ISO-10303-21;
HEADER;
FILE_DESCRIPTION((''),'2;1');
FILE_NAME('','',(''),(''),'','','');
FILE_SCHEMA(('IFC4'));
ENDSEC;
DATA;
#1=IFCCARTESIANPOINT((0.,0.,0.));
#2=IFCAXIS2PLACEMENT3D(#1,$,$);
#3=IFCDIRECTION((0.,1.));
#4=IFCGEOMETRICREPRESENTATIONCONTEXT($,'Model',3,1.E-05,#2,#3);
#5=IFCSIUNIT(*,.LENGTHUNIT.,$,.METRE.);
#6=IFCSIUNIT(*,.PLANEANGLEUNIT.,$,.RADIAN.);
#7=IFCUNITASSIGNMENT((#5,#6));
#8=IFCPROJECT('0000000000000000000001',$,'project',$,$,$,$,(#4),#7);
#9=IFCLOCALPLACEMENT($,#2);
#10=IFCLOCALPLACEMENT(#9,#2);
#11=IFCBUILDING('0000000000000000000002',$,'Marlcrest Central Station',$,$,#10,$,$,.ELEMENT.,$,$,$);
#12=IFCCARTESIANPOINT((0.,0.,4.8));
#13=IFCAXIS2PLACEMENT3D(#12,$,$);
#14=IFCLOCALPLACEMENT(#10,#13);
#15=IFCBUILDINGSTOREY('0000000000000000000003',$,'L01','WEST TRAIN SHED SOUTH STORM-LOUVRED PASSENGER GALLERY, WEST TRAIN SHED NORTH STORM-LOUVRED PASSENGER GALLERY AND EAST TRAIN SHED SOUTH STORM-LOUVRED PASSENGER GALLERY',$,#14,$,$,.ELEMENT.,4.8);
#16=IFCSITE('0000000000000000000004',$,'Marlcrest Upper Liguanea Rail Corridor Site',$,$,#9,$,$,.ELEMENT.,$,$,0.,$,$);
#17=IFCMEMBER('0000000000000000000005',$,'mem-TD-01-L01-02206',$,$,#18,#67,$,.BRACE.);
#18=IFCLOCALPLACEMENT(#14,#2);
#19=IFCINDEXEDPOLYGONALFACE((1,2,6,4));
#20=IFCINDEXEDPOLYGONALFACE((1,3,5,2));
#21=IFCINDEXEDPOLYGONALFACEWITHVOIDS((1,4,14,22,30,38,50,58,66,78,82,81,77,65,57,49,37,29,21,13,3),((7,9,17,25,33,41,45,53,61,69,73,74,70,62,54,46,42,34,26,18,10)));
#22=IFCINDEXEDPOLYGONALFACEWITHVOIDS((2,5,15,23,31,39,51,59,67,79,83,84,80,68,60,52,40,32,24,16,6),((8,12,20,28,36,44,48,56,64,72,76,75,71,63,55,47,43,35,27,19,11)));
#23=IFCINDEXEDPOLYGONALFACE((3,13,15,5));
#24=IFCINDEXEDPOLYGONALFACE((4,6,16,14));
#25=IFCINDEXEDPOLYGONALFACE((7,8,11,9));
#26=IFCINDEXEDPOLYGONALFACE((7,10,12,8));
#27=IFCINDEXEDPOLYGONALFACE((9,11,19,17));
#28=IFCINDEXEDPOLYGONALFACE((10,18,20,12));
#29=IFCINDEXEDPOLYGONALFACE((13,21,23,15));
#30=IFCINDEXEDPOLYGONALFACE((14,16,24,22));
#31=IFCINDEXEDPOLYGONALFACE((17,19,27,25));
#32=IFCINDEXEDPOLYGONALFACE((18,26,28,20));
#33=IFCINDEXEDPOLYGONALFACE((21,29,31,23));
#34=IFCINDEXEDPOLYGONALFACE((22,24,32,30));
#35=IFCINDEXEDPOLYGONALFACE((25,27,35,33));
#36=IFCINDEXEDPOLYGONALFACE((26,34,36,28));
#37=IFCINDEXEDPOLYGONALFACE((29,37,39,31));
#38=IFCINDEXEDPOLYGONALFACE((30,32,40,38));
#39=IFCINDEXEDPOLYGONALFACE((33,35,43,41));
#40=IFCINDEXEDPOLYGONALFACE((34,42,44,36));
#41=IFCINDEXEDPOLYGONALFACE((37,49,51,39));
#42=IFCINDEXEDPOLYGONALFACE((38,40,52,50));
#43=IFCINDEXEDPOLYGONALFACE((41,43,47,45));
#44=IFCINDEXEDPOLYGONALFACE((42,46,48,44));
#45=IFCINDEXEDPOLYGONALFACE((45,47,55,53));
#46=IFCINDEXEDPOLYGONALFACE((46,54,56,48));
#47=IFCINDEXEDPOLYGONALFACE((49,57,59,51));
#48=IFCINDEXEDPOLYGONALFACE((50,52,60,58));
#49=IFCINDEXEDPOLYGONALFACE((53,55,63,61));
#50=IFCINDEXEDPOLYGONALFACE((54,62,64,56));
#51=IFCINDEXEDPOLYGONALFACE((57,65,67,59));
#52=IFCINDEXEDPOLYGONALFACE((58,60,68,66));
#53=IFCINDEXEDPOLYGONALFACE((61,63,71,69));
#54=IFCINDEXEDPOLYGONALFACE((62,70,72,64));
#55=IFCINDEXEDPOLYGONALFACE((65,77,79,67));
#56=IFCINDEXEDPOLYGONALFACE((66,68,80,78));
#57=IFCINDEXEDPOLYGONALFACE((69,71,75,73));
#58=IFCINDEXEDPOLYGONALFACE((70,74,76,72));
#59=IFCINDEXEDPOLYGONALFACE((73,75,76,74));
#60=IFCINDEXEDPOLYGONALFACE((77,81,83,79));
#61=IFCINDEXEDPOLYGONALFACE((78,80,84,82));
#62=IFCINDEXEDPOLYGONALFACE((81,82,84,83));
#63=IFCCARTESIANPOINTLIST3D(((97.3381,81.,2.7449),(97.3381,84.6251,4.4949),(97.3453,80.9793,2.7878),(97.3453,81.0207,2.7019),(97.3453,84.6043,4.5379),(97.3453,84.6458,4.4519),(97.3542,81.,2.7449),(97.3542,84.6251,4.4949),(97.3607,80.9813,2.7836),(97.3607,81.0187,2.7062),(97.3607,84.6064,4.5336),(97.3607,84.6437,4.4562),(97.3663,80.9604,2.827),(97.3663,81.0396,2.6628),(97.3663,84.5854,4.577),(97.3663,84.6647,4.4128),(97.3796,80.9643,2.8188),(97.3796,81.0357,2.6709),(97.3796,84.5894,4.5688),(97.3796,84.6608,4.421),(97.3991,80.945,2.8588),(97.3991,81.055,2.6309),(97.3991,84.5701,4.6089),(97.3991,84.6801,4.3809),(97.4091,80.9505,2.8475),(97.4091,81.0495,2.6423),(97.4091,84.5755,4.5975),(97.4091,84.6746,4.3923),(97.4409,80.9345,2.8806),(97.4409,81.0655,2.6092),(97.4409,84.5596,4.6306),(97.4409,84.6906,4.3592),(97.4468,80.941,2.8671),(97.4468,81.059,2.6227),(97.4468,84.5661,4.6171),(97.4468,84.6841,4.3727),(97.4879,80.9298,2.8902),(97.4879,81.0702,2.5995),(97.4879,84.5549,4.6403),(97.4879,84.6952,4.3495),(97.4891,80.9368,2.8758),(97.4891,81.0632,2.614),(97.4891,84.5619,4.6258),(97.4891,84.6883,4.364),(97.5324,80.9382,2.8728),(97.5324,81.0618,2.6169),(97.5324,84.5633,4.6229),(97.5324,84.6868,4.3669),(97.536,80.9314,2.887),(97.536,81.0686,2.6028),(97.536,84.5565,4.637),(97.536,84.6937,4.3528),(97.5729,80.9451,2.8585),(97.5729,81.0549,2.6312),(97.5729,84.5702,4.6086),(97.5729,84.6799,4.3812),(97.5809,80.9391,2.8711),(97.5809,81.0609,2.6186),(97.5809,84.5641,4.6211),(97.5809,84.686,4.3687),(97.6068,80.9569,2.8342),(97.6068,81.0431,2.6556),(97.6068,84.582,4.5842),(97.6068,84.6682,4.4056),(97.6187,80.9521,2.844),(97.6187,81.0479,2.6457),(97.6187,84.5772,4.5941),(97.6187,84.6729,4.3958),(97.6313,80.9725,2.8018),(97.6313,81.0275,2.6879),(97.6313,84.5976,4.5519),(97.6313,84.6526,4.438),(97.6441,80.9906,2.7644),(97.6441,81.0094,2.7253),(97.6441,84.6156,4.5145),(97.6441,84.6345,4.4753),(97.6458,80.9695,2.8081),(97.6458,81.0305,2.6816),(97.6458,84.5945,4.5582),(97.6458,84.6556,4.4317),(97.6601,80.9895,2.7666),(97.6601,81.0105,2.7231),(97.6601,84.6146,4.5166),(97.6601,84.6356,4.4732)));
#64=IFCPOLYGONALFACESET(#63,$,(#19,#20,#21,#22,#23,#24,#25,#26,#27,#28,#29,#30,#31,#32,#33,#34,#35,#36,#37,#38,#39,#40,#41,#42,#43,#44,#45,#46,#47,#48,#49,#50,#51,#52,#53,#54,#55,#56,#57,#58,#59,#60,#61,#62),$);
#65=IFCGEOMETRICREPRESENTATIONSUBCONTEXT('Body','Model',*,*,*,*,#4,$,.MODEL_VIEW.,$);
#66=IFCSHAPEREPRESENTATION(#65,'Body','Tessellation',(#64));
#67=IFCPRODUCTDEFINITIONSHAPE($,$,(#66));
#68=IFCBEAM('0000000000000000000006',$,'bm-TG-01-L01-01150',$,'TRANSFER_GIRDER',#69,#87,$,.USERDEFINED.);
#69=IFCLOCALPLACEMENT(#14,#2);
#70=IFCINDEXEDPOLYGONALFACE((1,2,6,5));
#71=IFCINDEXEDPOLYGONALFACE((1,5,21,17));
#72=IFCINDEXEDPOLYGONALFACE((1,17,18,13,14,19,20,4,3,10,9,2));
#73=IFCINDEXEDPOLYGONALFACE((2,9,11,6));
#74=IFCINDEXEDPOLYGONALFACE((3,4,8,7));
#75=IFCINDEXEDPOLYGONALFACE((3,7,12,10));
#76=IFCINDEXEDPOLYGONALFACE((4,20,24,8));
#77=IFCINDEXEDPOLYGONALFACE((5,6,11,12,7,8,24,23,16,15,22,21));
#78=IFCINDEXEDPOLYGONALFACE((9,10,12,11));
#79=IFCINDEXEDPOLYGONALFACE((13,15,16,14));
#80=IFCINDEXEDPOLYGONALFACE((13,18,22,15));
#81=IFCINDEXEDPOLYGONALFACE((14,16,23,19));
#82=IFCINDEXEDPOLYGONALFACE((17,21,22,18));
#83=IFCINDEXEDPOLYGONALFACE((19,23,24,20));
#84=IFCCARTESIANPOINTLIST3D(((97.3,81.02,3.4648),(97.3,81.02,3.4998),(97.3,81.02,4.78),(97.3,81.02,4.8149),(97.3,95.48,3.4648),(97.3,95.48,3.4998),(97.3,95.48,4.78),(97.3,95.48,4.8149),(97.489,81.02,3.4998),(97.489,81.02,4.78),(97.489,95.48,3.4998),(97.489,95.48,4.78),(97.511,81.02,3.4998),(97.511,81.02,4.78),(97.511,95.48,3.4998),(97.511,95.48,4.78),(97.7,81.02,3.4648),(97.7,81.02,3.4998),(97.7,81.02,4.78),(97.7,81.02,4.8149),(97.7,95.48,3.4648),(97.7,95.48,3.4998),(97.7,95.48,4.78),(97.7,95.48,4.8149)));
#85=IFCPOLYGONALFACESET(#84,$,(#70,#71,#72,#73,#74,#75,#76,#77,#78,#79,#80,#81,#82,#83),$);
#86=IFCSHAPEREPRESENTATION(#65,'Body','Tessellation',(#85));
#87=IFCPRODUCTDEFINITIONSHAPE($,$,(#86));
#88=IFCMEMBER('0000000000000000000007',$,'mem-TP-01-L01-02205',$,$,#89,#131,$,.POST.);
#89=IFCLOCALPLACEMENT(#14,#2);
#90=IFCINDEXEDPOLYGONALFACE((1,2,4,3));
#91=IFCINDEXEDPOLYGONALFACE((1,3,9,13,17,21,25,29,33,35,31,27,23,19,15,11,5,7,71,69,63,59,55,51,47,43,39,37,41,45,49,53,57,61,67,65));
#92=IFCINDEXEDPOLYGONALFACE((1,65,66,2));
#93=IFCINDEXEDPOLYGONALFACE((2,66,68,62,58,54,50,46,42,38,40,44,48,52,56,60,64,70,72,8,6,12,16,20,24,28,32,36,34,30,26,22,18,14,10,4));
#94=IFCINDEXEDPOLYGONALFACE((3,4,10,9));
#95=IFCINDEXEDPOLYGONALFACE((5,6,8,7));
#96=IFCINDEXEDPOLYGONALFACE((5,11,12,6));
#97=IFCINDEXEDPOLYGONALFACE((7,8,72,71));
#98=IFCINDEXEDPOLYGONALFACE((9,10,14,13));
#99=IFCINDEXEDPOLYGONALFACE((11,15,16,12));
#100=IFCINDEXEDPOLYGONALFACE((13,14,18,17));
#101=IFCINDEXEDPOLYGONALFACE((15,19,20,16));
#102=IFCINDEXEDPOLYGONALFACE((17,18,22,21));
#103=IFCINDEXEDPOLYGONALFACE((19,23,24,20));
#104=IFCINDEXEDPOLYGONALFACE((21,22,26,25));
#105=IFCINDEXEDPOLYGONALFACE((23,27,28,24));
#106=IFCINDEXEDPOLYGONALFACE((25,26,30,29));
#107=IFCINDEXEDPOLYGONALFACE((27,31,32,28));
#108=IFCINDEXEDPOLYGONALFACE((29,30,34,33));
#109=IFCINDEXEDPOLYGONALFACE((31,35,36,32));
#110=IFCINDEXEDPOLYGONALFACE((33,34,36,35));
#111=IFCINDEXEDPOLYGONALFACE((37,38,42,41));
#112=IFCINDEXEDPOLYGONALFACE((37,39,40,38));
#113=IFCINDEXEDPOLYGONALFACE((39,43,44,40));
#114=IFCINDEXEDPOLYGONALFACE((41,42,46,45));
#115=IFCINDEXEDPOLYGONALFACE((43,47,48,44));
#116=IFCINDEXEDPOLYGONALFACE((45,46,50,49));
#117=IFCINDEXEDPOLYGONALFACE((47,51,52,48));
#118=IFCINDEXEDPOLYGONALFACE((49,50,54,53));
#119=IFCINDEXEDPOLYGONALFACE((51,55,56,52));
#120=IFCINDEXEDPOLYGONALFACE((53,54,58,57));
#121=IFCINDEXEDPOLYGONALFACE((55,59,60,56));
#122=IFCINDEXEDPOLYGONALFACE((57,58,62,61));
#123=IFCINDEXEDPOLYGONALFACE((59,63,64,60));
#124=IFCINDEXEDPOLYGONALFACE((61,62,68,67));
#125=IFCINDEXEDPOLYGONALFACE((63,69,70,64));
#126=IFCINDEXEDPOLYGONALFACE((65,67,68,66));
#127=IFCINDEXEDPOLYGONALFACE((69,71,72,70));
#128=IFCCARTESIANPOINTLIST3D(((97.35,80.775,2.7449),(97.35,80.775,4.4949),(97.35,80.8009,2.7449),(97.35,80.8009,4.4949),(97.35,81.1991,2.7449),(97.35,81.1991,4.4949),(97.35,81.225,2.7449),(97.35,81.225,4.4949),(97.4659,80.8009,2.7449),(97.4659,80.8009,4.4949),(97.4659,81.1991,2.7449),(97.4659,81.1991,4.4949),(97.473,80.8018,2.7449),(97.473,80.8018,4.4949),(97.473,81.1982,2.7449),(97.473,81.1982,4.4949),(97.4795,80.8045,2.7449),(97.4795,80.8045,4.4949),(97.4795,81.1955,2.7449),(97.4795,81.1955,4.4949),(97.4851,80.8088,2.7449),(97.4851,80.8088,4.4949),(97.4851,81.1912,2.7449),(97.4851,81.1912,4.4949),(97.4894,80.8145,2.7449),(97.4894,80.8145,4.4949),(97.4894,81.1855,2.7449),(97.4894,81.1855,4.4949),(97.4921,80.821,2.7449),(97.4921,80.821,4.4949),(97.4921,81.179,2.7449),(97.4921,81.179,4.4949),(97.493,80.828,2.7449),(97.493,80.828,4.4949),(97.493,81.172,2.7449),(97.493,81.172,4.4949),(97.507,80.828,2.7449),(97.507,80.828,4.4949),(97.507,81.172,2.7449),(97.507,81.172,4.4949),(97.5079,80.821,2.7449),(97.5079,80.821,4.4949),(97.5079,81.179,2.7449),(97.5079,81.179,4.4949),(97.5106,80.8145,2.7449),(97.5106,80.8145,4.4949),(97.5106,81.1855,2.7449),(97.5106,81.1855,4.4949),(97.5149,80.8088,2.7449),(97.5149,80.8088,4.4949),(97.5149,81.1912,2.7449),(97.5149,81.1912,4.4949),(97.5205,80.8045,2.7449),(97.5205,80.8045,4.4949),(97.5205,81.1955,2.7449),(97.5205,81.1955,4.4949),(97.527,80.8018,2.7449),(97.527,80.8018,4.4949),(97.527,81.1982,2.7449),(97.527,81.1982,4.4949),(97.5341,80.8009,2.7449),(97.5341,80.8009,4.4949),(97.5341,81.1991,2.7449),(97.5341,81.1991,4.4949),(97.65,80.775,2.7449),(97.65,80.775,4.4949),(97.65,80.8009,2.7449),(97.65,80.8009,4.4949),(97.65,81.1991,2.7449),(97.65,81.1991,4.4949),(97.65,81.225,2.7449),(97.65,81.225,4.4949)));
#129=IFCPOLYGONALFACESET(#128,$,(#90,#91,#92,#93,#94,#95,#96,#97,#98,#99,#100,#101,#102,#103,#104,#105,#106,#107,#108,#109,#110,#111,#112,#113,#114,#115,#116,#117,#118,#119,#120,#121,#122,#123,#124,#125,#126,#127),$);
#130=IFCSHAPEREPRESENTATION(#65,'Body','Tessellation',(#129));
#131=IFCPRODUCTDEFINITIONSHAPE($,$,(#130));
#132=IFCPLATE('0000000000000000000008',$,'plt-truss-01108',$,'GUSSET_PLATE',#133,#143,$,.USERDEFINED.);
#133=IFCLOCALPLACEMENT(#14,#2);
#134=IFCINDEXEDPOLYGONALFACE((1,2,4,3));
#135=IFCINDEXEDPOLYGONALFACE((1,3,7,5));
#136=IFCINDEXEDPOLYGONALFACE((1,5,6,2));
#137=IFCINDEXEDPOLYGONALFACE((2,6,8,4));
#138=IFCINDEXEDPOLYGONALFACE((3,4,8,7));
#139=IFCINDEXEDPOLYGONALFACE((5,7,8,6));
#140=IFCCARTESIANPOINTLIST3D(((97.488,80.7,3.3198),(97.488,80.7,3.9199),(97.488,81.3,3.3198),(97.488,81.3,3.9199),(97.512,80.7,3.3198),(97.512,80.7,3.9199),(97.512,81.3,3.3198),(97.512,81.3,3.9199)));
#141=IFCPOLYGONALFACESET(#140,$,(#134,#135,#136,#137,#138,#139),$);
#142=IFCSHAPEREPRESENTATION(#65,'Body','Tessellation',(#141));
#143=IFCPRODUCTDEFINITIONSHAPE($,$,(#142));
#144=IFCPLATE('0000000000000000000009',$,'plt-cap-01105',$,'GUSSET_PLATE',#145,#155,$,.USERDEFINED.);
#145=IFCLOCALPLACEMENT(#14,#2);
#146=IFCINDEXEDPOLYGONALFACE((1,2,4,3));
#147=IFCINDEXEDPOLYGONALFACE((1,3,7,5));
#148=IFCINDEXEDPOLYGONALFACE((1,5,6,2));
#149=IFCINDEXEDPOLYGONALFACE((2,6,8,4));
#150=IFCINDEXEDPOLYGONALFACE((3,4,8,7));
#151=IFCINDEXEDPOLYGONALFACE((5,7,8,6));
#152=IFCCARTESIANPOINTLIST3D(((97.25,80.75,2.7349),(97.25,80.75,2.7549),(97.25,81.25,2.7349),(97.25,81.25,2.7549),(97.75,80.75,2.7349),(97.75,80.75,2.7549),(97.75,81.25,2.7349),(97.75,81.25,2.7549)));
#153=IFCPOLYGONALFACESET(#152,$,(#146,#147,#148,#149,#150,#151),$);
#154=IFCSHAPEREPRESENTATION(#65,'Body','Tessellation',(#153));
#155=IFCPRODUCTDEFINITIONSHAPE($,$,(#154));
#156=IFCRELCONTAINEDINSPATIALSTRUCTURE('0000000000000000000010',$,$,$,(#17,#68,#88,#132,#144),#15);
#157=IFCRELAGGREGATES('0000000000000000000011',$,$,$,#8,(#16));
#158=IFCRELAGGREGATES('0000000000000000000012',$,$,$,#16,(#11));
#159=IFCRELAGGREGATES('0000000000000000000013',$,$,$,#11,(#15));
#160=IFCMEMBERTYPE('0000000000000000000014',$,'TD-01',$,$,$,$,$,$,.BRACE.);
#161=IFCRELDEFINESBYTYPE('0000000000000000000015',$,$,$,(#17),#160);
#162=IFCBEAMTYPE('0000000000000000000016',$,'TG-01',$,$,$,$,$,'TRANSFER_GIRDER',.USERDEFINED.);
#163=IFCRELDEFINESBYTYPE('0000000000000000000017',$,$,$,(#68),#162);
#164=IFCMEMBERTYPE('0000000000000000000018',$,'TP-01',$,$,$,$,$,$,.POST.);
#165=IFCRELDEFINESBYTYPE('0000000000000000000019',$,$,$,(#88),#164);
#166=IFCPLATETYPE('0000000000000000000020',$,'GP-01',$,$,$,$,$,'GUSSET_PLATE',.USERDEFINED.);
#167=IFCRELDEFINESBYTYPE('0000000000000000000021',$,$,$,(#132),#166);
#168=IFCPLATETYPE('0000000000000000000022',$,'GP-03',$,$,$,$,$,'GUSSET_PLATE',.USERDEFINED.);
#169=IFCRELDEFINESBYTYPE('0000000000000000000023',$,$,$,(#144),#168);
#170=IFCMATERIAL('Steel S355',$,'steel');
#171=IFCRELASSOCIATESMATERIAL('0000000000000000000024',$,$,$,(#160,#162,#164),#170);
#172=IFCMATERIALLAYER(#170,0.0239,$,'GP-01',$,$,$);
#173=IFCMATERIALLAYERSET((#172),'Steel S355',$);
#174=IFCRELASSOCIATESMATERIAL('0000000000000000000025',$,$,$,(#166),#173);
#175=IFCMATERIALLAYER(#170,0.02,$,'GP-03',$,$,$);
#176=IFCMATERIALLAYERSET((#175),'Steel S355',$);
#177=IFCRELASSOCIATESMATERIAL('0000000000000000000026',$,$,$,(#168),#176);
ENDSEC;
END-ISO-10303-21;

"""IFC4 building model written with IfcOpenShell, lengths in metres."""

from ifc_helpers import new_model, si_unit, direction, frame, origin, origin_2d, place, context, subcontext, project, spatial, rectangle, hollow_circle, i_section, extrude, material, layer, layer_set, material_profile, profile_set, type_object, element, save


model = new_model("IFC4")

# Units and contexts
model_context = context("Model", 3, precision=1e-05, world=origin(), true_north=direction((0.0, 1.0)))
body_context = subcontext(model_context, "Body", "Model", "MODEL_VIEW")
ifc_project = project(units=[si_unit("LENGTHUNIT", "METRE"), si_unit("PLANEANGLEUNIT", "RADIAN")], contexts=[model_context])

# Site, building, storey
site_placement = place(None, origin())
site = spatial("IfcSite", under=ifc_project, at=site_placement, Name="Marlcrest Upper Liguanea Rail Corridor Site", CompositionType="ELEMENT", RefElevation=0.0)
building_placement = place(site_placement, origin())
building = spatial("IfcBuilding", under=site, at=building_placement, Name="Marlcrest Central Station", CompositionType="ELEMENT")
storey_placement = place(building_placement, frame((0.0, 0.0, 4.8)))
storey = spatial("IfcBuildingStorey", under=building, at=storey_placement, Name="L01", Description="WEST TRAIN SHED SOUTH STORM-LOUVRED PASSENGER GALLERY, WEST TRAIN SHED NORTH STORM-LOUVRED PASSENGER GALLERY AND EAST TRAIN SHED SOUTH STORM-LOUVRED PASSENGER GALLERY", CompositionType="ELEMENT", Elevation=4.8)

# Shared definitions
ifc_material_1 = material(Name="Steel S355", Category="steel")

# Member
ifc_material_profile_1 = material_profile(ifc_material_1, hollow_circle(Radius=0.1619, WallThickness=0.0161, at=origin_2d()), Name="CHS 323.9x16")
ifc_profile_set_1 = profile_set([ifc_material_profile_1], Name="Steel S355")
member_type_1 = type_object("IfcMemberType", Name="TD-01", PredefinedType="BRACE", material=ifc_profile_set_1)
member_1_placement = place(storey_placement, frame((97.5, 81.0, 2.7449), z_axis=(0.0, 0.900552, 0.434749), x_axis=(-1.0, 0.0, 0.0)))
element("IfcMember", 1, at=member_1_placement, inside=storey, type_object=member_type_1, Name="mem-TD-01-L01-02206", PredefinedType="BRACE", context=body_context, shape_type="SweptSolid", body=[
    extrude(hollow_circle(Radius=0.1619, WallThickness=0.0161, at=origin_2d()), origin(), (0.0, 0.0, 1.0), 4.0254),
])

# Beam
ifc_material_profile_2 = material_profile(ifc_material_1, i_section(OverallWidth=0.3999, OverallDepth=1.3501, WebThickness=0.022, FlangeThickness=0.0349, at=origin_2d()), Name="PG 1350x400")
ifc_profile_set_2 = profile_set([ifc_material_profile_2], Name="Steel S355")
beam_type = type_object("IfcBeamType", Name="TG-01", ElementType="TRANSFER_GIRDER", PredefinedType="USERDEFINED", material=ifc_profile_set_2)
beam_placement = place(storey_placement, frame((97.5, 81.02, 4.1399), z_axis=(0.0, 1.0, 0.0), x_axis=(-1.0, 0.0, 0.0)))
element("IfcBeam", 2, at=beam_placement, inside=storey, type_object=beam_type, Name="bm-TG-01-L01-01150", ObjectType="TRANSFER_GIRDER", PredefinedType="USERDEFINED", context=body_context, shape_type="SweptSolid", body=[
    extrude(i_section(OverallWidth=0.3999, OverallDepth=1.3501, WebThickness=0.022, FlangeThickness=0.0349, at=origin_2d()), origin(), (0.0, 0.0, 1.0), 14.46),
])

# Member
ifc_material_profile_3 = material_profile(ifc_material_1, i_section(OverallWidth=0.3, OverallDepth=0.45, WebThickness=0.0139, FlangeThickness=0.0259, FilletRadius=0.0271, at=origin_2d()), Name="HEB 450")
ifc_profile_set_3 = profile_set([ifc_material_profile_3], Name="Steel S355")
member_type_2 = type_object("IfcMemberType", Name="TP-01", PredefinedType="POST", material=ifc_profile_set_3)
member_2_placement = place(storey_placement, frame((97.5, 81.0, 2.7449), z_axis=(0.0, 0.0, 1.0), x_axis=(1.0, 0.0, 0.0)))
element("IfcMember", 3, at=member_2_placement, inside=storey, type_object=member_type_2, Name="mem-TP-01-L01-02205", PredefinedType="POST", context=body_context, shape_type="SweptSolid", body=[
    extrude(i_section(OverallWidth=0.3, OverallDepth=0.45, WebThickness=0.0139, FlangeThickness=0.0259, FilletRadius=0.0271, at=origin_2d()), origin(), (0.0, 0.0, 1.0), 1.75),
])

# Plates
ifc_layer_1 = layer(ifc_material_1, 0.0239, Name="GP-01")
ifc_layer_set_1 = layer_set([ifc_layer_1], Name="Steel S355")
plate_type_1 = type_object("IfcPlateType", Name="GP-01", ElementType="GUSSET_PLATE", PredefinedType="USERDEFINED", material=ifc_layer_set_1)
plate_1_placement = place(storey_placement, frame((97.5, 81.0, 3.3198), z_axis=(0.0, 0.0, 1.0), x_axis=(1.0, 0.0, 0.0)))
element("IfcPlate", 4, at=plate_1_placement, inside=storey, type_object=plate_type_1, Name="plt-truss-01108", ObjectType="GUSSET_PLATE", PredefinedType="USERDEFINED", context=body_context, shape_type="SweptSolid", body=[
    extrude(rectangle(XDim=0.0239, YDim=0.6001, at=origin_2d()), origin(), (0.0, 0.0, 1.0), 0.6001),
])
ifc_layer_2 = layer(ifc_material_1, 0.02, Name="GP-03")
ifc_layer_set_2 = layer_set([ifc_layer_2], Name="Steel S355")
plate_type_2 = type_object("IfcPlateType", Name="GP-03", ElementType="GUSSET_PLATE", PredefinedType="USERDEFINED", material=ifc_layer_set_2)
plate_2_placement = place(storey_placement, frame((97.5, 81.0, 2.7349), z_axis=(0.0, 0.0, 1.0), x_axis=(1.0, 0.0, 0.0)))
element("IfcPlate", 5, at=plate_2_placement, inside=storey, type_object=plate_type_2, Name="plt-cap-01105", ObjectType="GUSSET_PLATE", PredefinedType="USERDEFINED", context=body_context, shape_type="SweptSolid", body=[
    extrude(rectangle(XDim=0.5, YDim=0.5, at=origin_2d()), origin(), (0.0, 0.0, 1.0), 0.02),
])

save(model, "model.ifc")
